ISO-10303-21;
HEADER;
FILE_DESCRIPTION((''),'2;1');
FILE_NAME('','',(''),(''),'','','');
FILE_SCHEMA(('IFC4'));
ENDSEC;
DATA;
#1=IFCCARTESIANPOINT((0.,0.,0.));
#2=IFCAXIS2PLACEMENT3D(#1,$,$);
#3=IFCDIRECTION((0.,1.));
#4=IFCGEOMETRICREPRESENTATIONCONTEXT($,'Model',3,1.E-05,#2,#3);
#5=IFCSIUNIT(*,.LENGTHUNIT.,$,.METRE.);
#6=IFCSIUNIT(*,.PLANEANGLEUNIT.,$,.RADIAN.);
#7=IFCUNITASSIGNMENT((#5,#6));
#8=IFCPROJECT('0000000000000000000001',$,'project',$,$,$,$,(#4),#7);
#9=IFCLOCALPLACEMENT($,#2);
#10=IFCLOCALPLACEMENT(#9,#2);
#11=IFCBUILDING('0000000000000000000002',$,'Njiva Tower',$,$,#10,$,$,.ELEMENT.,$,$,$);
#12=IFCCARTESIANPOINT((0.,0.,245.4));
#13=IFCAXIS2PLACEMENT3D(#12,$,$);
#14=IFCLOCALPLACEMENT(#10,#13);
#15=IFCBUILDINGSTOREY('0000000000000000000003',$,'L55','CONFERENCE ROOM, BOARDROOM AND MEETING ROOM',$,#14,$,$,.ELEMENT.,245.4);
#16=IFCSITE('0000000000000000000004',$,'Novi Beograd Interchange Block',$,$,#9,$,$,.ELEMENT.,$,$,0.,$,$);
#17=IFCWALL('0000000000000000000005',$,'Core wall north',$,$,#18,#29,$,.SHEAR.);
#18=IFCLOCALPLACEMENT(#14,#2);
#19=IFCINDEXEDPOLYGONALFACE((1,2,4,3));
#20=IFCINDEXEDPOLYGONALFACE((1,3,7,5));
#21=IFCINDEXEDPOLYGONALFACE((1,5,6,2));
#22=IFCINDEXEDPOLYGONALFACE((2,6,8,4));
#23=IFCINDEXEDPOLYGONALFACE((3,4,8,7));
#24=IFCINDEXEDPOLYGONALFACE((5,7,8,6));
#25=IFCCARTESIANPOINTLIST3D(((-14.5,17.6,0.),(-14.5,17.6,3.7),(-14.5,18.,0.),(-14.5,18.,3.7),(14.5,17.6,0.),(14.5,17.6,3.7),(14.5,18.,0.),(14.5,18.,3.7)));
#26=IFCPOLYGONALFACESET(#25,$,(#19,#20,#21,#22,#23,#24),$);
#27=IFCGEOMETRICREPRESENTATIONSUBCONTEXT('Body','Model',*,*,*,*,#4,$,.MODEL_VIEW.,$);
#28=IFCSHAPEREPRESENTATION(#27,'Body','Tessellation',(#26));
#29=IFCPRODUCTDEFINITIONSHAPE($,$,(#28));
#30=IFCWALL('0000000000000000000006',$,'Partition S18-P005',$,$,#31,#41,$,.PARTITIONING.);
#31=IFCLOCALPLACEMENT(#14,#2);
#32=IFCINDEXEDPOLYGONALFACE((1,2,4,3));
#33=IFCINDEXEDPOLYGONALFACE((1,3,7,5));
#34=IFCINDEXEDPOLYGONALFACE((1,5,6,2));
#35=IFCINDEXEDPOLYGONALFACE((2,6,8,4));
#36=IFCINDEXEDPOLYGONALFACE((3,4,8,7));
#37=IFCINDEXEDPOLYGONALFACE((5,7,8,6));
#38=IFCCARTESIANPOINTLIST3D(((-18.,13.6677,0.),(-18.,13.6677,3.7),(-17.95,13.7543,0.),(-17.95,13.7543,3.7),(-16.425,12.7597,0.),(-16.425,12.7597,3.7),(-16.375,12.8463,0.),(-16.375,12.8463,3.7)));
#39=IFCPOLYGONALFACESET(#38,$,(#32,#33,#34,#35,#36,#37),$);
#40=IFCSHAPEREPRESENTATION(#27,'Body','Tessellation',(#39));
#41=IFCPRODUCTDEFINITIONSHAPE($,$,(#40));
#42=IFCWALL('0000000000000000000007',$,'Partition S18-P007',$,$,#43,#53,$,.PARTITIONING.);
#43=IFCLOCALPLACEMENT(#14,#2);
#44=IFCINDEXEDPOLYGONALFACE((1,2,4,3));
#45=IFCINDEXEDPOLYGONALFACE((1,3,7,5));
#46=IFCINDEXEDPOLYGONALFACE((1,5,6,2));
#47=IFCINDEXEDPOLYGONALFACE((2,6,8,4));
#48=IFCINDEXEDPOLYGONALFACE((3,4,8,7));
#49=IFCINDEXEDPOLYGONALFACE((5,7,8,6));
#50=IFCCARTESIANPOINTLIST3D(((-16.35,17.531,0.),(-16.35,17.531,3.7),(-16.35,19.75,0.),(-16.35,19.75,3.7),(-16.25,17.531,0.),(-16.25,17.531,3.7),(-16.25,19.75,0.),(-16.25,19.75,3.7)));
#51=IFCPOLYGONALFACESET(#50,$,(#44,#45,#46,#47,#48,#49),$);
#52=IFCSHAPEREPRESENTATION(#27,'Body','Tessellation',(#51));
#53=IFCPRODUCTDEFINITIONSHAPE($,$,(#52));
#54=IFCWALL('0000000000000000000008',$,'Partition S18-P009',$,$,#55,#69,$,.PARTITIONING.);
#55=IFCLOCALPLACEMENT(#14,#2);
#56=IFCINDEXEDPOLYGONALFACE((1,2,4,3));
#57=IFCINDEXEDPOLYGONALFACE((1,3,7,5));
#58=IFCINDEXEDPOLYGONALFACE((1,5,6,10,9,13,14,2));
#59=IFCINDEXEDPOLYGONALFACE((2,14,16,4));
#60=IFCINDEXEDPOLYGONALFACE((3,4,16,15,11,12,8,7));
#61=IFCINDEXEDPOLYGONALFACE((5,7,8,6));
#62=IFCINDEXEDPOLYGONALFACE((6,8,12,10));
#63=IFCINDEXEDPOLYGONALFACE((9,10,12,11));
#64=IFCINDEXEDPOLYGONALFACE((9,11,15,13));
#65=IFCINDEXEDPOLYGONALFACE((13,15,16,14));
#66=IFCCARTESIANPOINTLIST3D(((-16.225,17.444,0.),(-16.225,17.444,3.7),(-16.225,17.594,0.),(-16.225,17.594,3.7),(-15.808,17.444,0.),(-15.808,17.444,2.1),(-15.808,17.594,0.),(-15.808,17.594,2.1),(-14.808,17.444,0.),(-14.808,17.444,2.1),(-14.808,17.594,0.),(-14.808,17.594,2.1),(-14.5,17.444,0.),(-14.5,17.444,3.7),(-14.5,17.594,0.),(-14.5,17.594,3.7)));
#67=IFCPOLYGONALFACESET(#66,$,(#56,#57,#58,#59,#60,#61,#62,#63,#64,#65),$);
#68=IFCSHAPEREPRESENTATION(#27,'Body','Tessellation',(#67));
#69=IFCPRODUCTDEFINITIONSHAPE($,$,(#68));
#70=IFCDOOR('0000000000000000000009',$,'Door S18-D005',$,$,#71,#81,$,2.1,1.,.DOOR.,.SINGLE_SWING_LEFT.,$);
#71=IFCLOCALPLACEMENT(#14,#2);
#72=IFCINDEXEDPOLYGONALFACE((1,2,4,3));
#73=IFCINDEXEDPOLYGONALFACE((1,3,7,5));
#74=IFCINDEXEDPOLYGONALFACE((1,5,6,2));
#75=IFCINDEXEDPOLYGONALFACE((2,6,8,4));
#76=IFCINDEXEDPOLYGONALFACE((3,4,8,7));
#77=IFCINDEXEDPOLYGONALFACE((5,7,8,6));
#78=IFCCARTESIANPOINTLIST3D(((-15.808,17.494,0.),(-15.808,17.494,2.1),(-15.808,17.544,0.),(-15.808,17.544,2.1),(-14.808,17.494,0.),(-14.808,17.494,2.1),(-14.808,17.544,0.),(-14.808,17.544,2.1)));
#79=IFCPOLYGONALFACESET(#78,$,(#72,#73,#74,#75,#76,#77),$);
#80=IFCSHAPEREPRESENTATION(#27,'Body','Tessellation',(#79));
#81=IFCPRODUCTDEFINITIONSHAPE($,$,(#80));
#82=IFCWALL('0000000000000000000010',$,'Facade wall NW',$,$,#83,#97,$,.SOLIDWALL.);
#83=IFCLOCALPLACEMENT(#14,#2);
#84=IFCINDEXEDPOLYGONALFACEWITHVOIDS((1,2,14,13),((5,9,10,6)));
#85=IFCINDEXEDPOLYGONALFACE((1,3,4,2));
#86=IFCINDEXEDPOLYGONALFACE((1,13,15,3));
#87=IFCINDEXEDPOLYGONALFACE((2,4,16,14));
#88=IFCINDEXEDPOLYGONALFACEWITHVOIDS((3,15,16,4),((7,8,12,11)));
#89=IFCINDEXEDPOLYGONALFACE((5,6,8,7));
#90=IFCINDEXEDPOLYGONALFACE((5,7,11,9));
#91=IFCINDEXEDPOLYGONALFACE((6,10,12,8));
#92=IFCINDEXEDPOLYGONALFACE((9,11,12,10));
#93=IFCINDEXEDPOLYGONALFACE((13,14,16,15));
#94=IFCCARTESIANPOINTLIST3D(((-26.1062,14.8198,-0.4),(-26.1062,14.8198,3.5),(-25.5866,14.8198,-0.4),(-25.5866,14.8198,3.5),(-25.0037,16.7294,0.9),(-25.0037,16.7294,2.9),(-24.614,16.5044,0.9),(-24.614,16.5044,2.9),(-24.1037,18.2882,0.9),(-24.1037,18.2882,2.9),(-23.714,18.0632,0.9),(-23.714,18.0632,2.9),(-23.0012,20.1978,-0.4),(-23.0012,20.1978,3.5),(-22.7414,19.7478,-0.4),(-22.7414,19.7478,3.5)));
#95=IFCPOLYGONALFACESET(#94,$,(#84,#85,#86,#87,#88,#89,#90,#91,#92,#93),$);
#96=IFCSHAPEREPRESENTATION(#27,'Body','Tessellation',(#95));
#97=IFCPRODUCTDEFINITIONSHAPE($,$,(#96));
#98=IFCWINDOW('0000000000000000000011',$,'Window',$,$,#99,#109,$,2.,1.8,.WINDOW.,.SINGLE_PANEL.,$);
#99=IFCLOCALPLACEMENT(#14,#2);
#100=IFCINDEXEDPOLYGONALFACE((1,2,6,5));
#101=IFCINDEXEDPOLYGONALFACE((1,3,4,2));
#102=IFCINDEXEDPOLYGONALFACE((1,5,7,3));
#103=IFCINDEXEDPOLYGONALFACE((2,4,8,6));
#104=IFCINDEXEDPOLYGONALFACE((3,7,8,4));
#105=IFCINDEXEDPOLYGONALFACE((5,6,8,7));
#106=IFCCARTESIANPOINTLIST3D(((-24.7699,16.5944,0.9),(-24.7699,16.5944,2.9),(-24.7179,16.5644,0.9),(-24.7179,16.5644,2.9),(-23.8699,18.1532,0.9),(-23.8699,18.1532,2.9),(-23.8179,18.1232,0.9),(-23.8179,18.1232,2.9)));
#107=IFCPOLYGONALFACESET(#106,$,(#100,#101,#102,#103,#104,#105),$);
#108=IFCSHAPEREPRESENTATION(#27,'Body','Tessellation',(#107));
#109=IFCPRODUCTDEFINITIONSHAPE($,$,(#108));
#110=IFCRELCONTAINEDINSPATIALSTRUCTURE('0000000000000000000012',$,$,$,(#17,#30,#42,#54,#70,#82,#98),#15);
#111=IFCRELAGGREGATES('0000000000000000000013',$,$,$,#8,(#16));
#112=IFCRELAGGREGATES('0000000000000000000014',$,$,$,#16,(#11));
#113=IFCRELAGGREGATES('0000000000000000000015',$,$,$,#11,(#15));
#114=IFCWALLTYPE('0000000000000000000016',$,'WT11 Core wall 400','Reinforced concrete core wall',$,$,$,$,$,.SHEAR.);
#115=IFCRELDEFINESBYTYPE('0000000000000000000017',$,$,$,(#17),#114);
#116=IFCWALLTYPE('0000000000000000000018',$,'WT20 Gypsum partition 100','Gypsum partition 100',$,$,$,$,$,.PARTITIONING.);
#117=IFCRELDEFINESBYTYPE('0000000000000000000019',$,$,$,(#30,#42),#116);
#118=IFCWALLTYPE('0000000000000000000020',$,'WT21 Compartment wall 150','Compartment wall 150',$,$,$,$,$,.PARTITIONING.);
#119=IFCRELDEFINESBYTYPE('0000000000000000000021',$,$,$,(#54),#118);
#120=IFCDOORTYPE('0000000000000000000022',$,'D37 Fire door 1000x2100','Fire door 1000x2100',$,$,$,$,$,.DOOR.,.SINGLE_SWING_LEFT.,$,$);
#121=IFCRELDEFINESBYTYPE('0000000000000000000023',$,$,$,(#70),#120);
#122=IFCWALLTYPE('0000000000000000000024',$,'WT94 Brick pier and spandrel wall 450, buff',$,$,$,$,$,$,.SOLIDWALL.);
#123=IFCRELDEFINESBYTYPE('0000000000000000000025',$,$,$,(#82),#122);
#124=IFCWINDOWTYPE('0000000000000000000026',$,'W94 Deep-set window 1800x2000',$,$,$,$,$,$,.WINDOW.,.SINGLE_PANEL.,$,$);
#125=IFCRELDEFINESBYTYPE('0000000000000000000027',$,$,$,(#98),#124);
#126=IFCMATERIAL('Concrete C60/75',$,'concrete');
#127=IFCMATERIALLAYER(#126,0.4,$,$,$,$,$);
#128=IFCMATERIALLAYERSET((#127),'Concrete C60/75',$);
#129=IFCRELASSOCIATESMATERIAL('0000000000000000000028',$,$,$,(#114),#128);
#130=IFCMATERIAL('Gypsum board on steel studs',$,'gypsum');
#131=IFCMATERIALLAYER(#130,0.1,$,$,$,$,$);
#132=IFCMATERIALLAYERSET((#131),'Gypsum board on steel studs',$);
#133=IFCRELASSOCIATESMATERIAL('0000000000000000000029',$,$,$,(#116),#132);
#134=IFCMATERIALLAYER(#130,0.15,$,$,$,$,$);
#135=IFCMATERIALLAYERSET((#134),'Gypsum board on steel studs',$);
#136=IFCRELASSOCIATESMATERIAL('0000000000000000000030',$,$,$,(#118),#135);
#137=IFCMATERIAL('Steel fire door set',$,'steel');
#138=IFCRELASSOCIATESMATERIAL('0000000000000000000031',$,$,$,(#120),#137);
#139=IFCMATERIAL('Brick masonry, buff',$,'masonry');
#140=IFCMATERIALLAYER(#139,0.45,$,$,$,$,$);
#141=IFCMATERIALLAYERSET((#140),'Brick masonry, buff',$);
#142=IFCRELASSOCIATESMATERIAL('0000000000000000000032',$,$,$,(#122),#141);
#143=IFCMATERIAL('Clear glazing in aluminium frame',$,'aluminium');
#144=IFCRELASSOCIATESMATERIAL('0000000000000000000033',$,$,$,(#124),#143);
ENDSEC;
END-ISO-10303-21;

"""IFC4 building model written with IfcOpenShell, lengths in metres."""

from ifc_helpers import new_model, si_unit, direction, frame, frame_2d, origin, place, context, subcontext, project, spatial, polyline, rectangle, outline, extrude, material, layer, layer_set, type_object, element, fill, save


model = new_model("IFC4")

# Units and contexts
model_context = context("Model", 3, precision=1e-05, world=origin(), true_north=direction((0.0, 1.0)))
body_context = subcontext(model_context, "Body", "Model", "MODEL_VIEW")
ifc_project = project(units=[si_unit("LENGTHUNIT", "METRE"), si_unit("PLANEANGLEUNIT", "RADIAN")], contexts=[model_context])

# Site, building, storey
site_placement = place(None, origin())
site = spatial("IfcSite", under=ifc_project, at=site_placement, Name="Novi Beograd Interchange Block", CompositionType="ELEMENT", RefElevation=0.0)
building_placement = place(site_placement, origin())
building = spatial("IfcBuilding", under=site, at=building_placement, Name="Njiva Tower", CompositionType="ELEMENT")
storey_placement = place(building_placement, frame((0.0, 0.0, 245.4)))
storey = spatial("IfcBuildingStorey", under=building, at=storey_placement, Name="L55", Description="CONFERENCE ROOM, BOARDROOM AND MEETING ROOM", CompositionType="ELEMENT", Elevation=245.4)

# Walls
ifc_material_1 = material(Name="Concrete C60/75", Category="concrete")
ifc_layer_1 = layer(ifc_material_1, 0.4)
ifc_layer_set_1 = layer_set([ifc_layer_1], Name="Concrete C60/75")
wall_type_1 = type_object("IfcWallType", Name="WT11 Core wall 400", Description="Reinforced concrete core wall", PredefinedType="SHEAR", material=ifc_layer_set_1)
wall_1_placement = place(storey_placement, frame((-14.5, 17.8, 0.0), z_axis=(0.0, 0.0, 1.0), x_axis=(1.0, 0.0, 0.0)))
element("IfcWall", 1, at=wall_1_placement, inside=storey, type_object=wall_type_1, Name="Core wall north", PredefinedType="SHEAR", context=body_context, shape_type="SweptSolid", body=[
    extrude(rectangle(XDim=29.0, YDim=0.4, at=frame_2d((14.5, 0.0))), origin(), (0.0, 0.0, 1.0), 3.7),
])
ifc_material_2 = material(Name="Gypsum board on steel studs", Category="gypsum")
ifc_layer_2 = layer(ifc_material_2, 0.1)
ifc_layer_set_2 = layer_set([ifc_layer_2], Name="Gypsum board on steel studs")
wall_type_2 = type_object("IfcWallType", Name="WT20 Gypsum partition 100", Description="Gypsum partition 100", PredefinedType="PARTITIONING", material=ifc_layer_set_2)
wall_2_placement = place(storey_placement, frame((-17.975, 13.711, 0.0), z_axis=(0.0, 0.0, 1.0), x_axis=(0.866341, -0.499453, 0.0)))
element("IfcWall", 2, at=wall_2_placement, inside=storey, type_object=wall_type_2, Name="Partition S18-P005", PredefinedType="PARTITIONING", context=body_context, shape_type="SweptSolid", body=[
    extrude(rectangle(XDim=1.818, YDim=0.1, at=frame_2d((0.909, 0.0))), origin(), (0.0, 0.0, 1.0), 3.7),
])
wall_3_placement = place(storey_placement, frame((-16.3, 17.531, 0.0), z_axis=(0.0, 0.0, 1.0), x_axis=(0.0, 1.0, 0.0)))
element("IfcWall", 3, at=wall_3_placement, inside=storey, type_object=wall_type_2, Name="Partition S18-P007", PredefinedType="PARTITIONING", context=body_context, shape_type="SweptSolid", body=[
    extrude(rectangle(XDim=2.219, YDim=0.1, at=frame_2d((1.1095, 0.0))), origin(), (0.0, 0.0, 1.0), 3.7),
])

# Wall, opening, door
ifc_layer_3 = layer(ifc_material_2, 0.15)
ifc_layer_set_3 = layer_set([ifc_layer_3], Name="Gypsum board on steel studs")
wall_type_3 = type_object("IfcWallType", Name="WT21 Compartment wall 150", Description="Compartment wall 150", PredefinedType="PARTITIONING", material=ifc_layer_set_3)
wall_4_placement = place(storey_placement, frame((-16.225, 17.519, 0.0), z_axis=(0.0, 0.0, 1.0), x_axis=(1.0, 0.0, 0.0)))
wall_4 = element("IfcWall", 4, at=wall_4_placement, inside=storey, type_object=wall_type_3, Name="Partition S18-P009", PredefinedType="PARTITIONING", context=body_context, shape_type="SweptSolid", body=[
    extrude(rectangle(XDim=1.725, YDim=0.15, at=frame_2d((0.8625, 0.0))), origin(), (0.0, 0.0, 1.0), 3.7),
])
opening_1_placement = place(wall_4_placement, frame((0.417, 0.0, 0.0)))
opening_1 = element("IfcOpeningElement", 5, at=opening_1_placement, cuts=wall_4, PredefinedType="OPENING", context=body_context, shape_type="SweptSolid", body=[
    extrude(rectangle(XDim=1.0, YDim=2.1, at=frame_2d((0.5, 1.05))), frame((0.0, 0.085, 0.0), z_axis=(0.0, -1.0, 0.0), x_axis=(1.0, 0.0, 0.0)), (0.0, 0.0, 1.0), 0.17),
])
ifc_material_3 = material(Name="Steel fire door set", Category="steel")
door_type = type_object("IfcDoorType", Name="D37 Fire door 1000x2100", Description="Fire door 1000x2100", OperationType="SINGLE_SWING_LEFT", PredefinedType="DOOR", material=ifc_material_3)
door_placement = place(opening_1_placement, origin())
door = element("IfcDoor", 6, at=door_placement, inside=storey, type_object=door_type, Name="Door S18-D005", OperationType="SINGLE_SWING_LEFT", OverallHeight=2.1, OverallWidth=1.0, PredefinedType="DOOR", context=body_context, shape_type="SweptSolid", body=[
    extrude(rectangle(XDim=1.0, YDim=2.1, at=frame_2d((0.5, 1.05))), frame((0.0, 0.025, 0.0), z_axis=(0.0, -1.0, 0.0), x_axis=(1.0, 0.0, 0.0)), (0.0, 0.0, 1.0), 0.05),
])
fill(opening_1, door)

# Shared definitions
ifc_material_4 = material(Name="Clear glazing in aluminium frame", Category="aluminium")

# Wall, opening, window
ifc_material_5 = material(Name="Brick masonry, buff", Category="masonry")
ifc_layer_4 = layer(ifc_material_5, 0.45)
ifc_layer_set_4 = layer_set([ifc_layer_4], Name="Brick masonry, buff")
wall_type_4 = type_object("IfcWallType", Name="WT94 Brick pier and spandrel wall 450, buff", PredefinedType="SOLIDWALL", material=ifc_layer_set_4)
wall_5_placement = place(storey_placement, frame((-22.8713, 19.9728, -0.4), z_axis=(0.0, 0.0, 1.0), x_axis=(-0.500002, -0.866024, 0.0)))
wall_5 = element("IfcWall", 7, at=wall_5_placement, inside=storey, type_object=wall_type_4, Name="Facade wall NW", PredefinedType="SOLIDWALL", context=body_context, shape_type="SweptSolid", body=[
    extrude(outline(polyline([(-0.1299, -0.225), (6.0801, -0.225), (5.8203, 0.225), (0.1299, 0.225), (-0.1299, -0.225)])), origin(), (0.0, 0.0, 1.0), 3.9),
])
opening_2_placement = place(wall_5_placement, frame((2.0751, 0.0, 1.3)))
opening_2 = element("IfcOpeningElement", 8, at=opening_2_placement, cuts=wall_5, PredefinedType="OPENING", context=body_context, shape_type="SweptSolid", body=[
    extrude(rectangle(XDim=1.8, YDim=2.0, at=frame_2d((0.9, 1.0))), frame((0.0, 0.235, 0.0), z_axis=(0.0, -1.0, 0.0), x_axis=(1.0, 0.0, 0.0)), (0.0, 0.0, 1.0), 0.47),
])
window_type_1 = type_object("IfcWindowType", Name="W94 Deep-set window 1800x2000", PartitioningType="SINGLE_PANEL", PredefinedType="WINDOW", material=ifc_material_4)
window_1_placement = place(opening_2_placement, origin())
window_1 = element("IfcWindow", 9, at=window_1_placement, inside=storey, type_object=window_type_1, Name="Window", OverallHeight=2.0, OverallWidth=1.8, PartitioningType="SINGLE_PANEL", PredefinedType="WINDOW", context=body_context, shape_type="SweptSolid", body=[
    extrude(rectangle(XDim=1.8, YDim=2.0, at=frame_2d((0.9, 1.0))), frame((0.0, 0.105, 0.0), z_axis=(0.0, -1.0, 0.0), x_axis=(1.0, 0.0, 0.0)), (0.0, 0.0, 1.0), 0.06),
])
fill(opening_2, window_1)

save(model, "model.ifc")
